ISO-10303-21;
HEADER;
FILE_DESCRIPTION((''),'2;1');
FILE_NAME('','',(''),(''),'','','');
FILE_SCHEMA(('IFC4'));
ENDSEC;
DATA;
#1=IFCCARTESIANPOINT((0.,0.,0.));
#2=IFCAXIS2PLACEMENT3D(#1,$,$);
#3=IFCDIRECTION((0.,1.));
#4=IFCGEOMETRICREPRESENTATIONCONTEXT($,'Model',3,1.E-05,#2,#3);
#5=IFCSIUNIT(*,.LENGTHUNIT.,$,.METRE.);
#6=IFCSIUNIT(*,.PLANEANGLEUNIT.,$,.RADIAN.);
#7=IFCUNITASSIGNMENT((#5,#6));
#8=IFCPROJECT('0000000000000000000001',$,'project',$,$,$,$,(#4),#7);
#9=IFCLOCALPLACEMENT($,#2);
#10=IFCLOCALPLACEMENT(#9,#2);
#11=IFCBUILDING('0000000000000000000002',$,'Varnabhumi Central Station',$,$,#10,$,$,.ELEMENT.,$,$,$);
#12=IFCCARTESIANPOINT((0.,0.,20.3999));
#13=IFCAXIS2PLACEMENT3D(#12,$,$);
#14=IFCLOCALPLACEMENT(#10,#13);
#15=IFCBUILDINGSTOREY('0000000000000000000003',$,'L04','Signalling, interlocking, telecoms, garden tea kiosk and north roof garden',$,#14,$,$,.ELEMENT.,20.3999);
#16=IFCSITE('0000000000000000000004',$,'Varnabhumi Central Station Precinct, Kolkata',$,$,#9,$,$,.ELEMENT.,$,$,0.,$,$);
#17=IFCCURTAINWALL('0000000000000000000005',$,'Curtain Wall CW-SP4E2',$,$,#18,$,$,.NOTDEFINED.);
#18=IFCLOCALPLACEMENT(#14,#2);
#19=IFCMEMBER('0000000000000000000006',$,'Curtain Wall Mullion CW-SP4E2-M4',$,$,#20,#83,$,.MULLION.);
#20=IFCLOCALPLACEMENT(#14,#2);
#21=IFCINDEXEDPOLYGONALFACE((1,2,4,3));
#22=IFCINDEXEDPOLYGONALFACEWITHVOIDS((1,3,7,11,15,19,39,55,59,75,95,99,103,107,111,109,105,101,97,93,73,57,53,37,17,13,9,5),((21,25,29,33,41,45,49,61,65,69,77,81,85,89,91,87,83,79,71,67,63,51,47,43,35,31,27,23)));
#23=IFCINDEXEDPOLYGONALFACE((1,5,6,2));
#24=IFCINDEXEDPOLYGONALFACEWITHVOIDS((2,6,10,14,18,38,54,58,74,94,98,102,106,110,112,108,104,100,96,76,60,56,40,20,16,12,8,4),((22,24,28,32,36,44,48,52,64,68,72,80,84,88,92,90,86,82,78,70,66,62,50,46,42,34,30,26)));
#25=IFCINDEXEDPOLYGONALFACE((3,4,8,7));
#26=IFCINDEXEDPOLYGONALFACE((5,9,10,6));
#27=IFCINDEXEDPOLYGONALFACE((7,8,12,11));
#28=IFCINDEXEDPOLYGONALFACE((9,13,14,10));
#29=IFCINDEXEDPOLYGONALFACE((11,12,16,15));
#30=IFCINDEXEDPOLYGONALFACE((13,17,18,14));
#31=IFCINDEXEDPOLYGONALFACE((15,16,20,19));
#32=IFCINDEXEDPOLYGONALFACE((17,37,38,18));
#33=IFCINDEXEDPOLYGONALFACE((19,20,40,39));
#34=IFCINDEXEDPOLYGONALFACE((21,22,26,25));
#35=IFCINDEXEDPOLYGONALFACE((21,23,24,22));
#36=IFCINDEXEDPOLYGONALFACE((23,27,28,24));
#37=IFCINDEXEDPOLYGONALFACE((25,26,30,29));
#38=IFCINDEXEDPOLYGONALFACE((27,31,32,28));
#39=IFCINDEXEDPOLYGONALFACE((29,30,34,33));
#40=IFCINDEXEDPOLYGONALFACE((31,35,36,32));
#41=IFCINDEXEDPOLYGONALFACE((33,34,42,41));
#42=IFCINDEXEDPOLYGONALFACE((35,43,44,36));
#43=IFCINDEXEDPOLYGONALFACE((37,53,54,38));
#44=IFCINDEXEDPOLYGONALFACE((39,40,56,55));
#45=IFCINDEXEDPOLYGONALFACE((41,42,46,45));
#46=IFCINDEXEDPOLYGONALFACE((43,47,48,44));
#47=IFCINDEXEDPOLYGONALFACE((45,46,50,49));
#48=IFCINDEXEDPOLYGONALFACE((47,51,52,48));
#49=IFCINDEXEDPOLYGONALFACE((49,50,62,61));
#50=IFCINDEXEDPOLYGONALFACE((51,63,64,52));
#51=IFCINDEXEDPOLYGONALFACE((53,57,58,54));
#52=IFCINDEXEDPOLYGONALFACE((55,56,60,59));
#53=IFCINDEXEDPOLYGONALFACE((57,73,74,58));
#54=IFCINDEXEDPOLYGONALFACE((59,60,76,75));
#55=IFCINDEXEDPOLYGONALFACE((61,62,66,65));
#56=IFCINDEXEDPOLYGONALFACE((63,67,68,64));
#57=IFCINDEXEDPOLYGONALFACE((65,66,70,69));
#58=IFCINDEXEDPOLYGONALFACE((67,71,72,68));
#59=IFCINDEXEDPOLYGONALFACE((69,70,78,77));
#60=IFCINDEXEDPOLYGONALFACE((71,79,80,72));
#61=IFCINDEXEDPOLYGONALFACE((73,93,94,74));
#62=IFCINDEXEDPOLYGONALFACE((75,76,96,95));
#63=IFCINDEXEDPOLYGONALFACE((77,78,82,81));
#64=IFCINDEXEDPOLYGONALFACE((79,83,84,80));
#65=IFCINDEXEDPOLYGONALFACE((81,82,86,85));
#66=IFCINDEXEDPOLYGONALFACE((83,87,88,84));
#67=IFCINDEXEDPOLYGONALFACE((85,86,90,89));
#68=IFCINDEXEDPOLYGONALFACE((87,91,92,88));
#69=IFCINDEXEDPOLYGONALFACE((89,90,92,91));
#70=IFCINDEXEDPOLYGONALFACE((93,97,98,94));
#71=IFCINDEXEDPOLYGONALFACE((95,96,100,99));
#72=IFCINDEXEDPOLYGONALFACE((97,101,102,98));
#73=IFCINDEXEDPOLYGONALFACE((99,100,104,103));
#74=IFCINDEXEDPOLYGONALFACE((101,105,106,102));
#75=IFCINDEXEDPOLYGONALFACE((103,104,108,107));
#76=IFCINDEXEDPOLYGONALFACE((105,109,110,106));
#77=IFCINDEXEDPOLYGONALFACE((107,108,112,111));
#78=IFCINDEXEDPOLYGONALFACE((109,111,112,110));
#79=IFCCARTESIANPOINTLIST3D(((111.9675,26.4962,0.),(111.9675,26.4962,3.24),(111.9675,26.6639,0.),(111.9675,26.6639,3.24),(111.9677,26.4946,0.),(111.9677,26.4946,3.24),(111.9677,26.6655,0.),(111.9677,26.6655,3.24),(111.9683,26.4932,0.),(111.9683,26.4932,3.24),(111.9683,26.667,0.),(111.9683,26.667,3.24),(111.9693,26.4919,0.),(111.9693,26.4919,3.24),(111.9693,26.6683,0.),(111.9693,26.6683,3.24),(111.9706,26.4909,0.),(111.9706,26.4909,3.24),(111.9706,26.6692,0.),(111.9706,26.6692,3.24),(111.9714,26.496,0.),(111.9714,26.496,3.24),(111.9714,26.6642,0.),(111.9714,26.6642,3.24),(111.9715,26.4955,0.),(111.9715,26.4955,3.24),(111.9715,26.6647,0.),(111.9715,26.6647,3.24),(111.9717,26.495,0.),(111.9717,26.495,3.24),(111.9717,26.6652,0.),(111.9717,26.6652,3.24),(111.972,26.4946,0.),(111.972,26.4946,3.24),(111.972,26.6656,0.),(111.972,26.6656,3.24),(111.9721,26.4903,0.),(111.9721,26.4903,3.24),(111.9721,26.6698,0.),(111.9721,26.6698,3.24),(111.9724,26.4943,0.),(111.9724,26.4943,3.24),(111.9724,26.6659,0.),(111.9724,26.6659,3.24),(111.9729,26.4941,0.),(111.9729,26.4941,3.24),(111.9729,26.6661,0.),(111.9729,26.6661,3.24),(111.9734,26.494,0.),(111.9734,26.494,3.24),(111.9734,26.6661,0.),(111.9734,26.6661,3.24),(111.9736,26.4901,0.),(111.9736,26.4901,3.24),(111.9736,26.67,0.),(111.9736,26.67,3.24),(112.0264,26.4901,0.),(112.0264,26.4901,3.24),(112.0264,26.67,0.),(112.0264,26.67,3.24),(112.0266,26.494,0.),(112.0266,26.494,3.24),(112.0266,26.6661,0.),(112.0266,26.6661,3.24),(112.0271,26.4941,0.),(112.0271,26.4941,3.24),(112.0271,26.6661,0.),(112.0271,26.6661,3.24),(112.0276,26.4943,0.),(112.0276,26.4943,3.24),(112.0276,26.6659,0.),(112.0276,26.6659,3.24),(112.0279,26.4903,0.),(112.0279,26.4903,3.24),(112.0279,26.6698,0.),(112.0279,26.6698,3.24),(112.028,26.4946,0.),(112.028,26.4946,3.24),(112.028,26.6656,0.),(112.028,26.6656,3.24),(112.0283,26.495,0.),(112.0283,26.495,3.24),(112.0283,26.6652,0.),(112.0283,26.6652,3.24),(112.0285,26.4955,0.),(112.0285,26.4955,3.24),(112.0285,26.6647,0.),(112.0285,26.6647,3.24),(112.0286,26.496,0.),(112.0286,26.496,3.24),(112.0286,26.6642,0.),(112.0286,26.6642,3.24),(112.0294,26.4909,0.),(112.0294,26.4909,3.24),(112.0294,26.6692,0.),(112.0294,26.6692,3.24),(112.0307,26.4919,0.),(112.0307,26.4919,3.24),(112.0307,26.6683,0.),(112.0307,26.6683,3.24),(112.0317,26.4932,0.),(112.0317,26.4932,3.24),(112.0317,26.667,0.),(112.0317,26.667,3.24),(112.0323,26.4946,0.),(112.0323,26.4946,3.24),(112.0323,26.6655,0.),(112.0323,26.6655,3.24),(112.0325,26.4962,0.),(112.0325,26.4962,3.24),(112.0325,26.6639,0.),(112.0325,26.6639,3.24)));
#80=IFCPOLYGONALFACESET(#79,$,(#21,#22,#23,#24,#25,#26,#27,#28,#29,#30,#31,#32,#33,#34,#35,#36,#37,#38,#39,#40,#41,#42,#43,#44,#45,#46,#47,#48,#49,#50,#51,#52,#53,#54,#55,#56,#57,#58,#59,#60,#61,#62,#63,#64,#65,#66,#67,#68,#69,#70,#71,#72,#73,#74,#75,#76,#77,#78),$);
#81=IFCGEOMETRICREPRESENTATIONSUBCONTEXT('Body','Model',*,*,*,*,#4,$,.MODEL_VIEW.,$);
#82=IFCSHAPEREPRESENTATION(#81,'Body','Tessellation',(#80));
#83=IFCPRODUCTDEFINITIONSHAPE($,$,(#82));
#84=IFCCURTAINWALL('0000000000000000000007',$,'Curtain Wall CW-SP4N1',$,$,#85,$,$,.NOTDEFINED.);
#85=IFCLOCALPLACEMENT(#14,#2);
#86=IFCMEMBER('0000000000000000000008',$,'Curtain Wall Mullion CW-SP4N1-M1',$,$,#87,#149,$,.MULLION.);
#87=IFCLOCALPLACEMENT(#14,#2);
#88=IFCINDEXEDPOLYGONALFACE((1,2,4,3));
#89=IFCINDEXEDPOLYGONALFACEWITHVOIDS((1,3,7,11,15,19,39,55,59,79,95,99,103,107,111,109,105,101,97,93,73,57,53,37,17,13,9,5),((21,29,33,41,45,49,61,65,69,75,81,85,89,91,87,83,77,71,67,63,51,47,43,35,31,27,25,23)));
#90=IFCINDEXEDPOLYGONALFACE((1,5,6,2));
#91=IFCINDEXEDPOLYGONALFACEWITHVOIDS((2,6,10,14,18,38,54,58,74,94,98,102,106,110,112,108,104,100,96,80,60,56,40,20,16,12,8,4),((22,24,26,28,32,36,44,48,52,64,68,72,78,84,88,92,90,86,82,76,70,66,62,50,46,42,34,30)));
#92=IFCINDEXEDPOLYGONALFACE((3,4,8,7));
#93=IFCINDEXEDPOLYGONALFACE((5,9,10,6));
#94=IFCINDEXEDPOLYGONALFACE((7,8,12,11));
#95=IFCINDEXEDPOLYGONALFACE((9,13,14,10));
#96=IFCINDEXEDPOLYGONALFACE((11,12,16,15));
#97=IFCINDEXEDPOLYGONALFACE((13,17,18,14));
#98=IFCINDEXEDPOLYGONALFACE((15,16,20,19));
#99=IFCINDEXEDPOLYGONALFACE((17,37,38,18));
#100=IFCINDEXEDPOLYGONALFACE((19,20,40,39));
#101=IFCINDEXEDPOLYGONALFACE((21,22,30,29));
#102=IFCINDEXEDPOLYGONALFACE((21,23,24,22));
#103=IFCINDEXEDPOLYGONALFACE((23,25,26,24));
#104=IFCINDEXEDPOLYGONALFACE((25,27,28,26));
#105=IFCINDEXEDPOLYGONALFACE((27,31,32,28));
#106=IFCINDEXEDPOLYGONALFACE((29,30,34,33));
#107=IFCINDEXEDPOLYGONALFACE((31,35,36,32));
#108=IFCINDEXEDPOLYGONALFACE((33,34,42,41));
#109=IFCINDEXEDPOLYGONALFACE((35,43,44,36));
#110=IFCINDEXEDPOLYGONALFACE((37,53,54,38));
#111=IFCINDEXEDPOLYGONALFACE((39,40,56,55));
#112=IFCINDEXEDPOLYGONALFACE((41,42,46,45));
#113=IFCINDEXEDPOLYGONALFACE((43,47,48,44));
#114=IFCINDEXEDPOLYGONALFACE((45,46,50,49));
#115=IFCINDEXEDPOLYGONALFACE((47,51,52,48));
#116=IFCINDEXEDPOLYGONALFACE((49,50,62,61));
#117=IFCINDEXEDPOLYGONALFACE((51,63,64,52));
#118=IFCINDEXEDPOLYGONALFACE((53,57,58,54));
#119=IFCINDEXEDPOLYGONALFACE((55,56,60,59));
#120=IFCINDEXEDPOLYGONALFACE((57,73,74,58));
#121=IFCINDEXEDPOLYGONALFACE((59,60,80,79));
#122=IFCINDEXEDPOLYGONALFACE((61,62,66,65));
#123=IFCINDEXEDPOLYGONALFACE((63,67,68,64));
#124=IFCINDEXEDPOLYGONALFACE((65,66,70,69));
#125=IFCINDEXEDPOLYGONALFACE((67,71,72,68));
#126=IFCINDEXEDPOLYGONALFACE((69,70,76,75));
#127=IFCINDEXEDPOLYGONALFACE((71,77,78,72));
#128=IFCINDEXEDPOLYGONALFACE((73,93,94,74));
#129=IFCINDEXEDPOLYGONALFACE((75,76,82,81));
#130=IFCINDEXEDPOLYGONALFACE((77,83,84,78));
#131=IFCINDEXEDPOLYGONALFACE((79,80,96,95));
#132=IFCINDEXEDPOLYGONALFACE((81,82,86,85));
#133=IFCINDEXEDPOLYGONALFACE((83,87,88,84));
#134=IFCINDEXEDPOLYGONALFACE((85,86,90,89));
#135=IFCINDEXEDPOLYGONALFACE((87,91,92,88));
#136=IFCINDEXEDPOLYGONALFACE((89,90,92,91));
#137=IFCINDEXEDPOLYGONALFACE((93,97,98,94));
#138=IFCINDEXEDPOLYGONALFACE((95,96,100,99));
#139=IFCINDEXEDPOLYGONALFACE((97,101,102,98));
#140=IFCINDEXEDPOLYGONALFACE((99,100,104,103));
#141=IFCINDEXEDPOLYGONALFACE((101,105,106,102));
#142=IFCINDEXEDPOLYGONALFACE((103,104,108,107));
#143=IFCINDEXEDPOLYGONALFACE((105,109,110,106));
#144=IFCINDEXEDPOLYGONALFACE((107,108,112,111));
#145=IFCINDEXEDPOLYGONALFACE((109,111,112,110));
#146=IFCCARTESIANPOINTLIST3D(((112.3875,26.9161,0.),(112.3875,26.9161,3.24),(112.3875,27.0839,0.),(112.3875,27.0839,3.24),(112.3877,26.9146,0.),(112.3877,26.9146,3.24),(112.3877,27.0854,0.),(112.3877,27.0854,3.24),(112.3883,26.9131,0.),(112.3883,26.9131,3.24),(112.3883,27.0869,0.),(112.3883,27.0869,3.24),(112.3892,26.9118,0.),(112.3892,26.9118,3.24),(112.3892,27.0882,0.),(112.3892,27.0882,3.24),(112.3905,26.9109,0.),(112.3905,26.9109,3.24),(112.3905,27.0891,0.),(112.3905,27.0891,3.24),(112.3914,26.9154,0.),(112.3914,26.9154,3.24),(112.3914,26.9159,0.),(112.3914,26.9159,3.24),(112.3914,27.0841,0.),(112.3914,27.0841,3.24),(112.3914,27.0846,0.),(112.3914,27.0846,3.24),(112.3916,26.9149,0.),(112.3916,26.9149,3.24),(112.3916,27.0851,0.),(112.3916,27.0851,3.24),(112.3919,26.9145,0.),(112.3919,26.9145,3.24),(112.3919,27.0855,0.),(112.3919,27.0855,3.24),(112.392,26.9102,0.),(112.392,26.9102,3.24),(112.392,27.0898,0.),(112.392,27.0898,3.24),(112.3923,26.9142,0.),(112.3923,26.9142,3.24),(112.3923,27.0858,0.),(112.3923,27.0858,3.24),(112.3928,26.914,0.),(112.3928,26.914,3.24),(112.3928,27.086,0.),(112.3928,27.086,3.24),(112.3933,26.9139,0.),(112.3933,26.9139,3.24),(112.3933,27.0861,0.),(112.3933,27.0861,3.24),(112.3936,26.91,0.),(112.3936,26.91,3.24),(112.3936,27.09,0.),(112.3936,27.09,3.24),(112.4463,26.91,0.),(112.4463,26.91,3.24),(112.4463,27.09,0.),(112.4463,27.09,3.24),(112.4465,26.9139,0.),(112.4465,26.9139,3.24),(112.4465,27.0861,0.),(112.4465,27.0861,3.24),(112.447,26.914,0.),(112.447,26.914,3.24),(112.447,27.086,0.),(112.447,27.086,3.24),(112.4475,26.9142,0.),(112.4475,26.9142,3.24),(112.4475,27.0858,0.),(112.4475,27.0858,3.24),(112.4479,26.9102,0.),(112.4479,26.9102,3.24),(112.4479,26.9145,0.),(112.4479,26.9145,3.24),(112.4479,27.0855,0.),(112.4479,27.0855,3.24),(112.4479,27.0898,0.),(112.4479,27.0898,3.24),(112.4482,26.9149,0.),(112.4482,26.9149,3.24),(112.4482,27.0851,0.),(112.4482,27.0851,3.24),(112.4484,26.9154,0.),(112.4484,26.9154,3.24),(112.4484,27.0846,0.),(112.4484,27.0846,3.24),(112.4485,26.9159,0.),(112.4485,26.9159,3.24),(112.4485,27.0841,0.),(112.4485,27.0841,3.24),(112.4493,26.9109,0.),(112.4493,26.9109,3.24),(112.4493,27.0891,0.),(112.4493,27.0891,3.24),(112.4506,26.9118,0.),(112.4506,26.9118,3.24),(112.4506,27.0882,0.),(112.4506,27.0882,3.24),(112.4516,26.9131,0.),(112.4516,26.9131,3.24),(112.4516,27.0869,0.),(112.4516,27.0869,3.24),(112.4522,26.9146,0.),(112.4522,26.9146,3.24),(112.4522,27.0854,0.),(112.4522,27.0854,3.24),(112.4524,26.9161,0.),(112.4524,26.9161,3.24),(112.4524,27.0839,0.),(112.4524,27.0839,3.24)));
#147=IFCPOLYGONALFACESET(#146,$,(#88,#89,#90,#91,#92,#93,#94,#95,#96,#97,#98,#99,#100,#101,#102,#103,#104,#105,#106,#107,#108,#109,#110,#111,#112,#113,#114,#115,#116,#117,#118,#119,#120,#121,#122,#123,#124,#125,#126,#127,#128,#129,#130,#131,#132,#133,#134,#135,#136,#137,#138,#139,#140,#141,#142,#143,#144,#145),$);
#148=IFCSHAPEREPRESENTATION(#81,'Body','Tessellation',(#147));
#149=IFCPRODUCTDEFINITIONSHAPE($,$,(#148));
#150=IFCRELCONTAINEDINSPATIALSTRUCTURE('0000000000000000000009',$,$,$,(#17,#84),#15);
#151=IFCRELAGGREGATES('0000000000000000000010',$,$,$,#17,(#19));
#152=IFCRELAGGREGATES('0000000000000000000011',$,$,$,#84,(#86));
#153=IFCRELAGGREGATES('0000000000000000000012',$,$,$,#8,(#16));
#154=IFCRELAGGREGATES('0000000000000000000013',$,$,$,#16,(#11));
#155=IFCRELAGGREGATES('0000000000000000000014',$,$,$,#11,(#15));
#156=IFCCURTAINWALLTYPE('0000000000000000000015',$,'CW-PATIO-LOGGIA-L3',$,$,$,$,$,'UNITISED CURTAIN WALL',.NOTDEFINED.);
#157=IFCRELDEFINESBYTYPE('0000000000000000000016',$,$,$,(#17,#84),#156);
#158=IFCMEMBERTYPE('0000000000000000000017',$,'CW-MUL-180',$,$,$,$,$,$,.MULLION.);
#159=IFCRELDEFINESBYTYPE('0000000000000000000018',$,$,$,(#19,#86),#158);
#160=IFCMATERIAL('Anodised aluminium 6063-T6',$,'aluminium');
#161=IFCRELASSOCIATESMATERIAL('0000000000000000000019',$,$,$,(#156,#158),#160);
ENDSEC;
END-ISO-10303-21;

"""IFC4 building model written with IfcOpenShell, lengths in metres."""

from ifc_helpers import new_model, si_unit, direction, frame, origin, origin_2d, place, context, subcontext, project, spatial, hollow_rectangle, extrude, material, material_profile, profile_set, type_object, element, aggregate, save


model = new_model("IFC4")

# Units and contexts
model_context = context("Model", 3, precision=1e-05, world=origin(), true_north=direction((0.0, 1.0)))
body_context = subcontext(model_context, "Body", "Model", "MODEL_VIEW")
ifc_project = project(units=[si_unit("LENGTHUNIT", "METRE"), si_unit("PLANEANGLEUNIT", "RADIAN")], contexts=[model_context])

# Site, building, storey
site_placement = place(None, origin())
site = spatial("IfcSite", under=ifc_project, at=site_placement, Name="Varnabhumi Central Station Precinct, Kolkata", CompositionType="ELEMENT", RefElevation=0.0)
building_placement = place(site_placement, origin())
building = spatial("IfcBuilding", under=site, at=building_placement, Name="Varnabhumi Central Station", CompositionType="ELEMENT")
storey_placement = place(building_placement, frame((0.0, 0.0, 20.3999)))
storey = spatial("IfcBuildingStorey", under=building, at=storey_placement, Name="L04", Description="Signalling, interlocking, telecoms, garden tea kiosk and north roof garden", CompositionType="ELEMENT", Elevation=20.3999)

# Curtain walls, members
ifc_material_1 = material(Name="Anodised aluminium 6063-T6", Category="aluminium")
curtain_wall_type = type_object("IfcCurtainWallType", Name="CW-PATIO-LOGGIA-L3", ElementType="UNITISED CURTAIN WALL", PredefinedType="NOTDEFINED", material=ifc_material_1)
curtain_wall_1_placement = place(storey_placement, origin())
curtain_wall_1 = element("IfcCurtainWall", 1, at=curtain_wall_1_placement, inside=storey, type_object=curtain_wall_type, Name="Curtain Wall CW-SP4E2", PredefinedType="NOTDEFINED")
ifc_material_profile_1 = material_profile(ifc_material_1, hollow_rectangle(XDim=0.0649, YDim=0.1799, WallThickness=0.0039, InnerFilletRadius=0.002, OuterFilletRadius=0.0061, at=origin_2d()), Name="Anodised aluminium 6063-T6", Category="aluminium")
ifc_profile_set_1 = profile_set([ifc_material_profile_1], Name="Anodised aluminium 6063-T6")
member_type_1 = type_object("IfcMemberType", Name="CW-MUL-180", PredefinedType="MULLION", material=ifc_profile_set_1)
member_1_placement = place(storey_placement, frame((112.0, 26.5801, 0.0), z_axis=(0.0, 0.0, 1.0), x_axis=(1.0, 0.0, 0.0)))
member_1 = element("IfcMember", 2, at=member_1_placement, type_object=member_type_1, Name="Curtain Wall Mullion CW-SP4E2-M4", PredefinedType="MULLION", context=body_context, shape_type="SweptSolid", body=[
    extrude(hollow_rectangle(XDim=0.0649, YDim=0.1799, WallThickness=0.0039, InnerFilletRadius=0.002, OuterFilletRadius=0.0061, at=origin_2d()), origin(), (0.0, 0.0, 1.0), 3.24),
])
curtain_wall_2_placement = place(storey_placement, origin())
curtain_wall_2 = element("IfcCurtainWall", 3, at=curtain_wall_2_placement, inside=storey, type_object=curtain_wall_type, Name="Curtain Wall CW-SP4N1", PredefinedType="NOTDEFINED")
member_2_placement = place(storey_placement, frame((112.4199, 27.0, 0.0), z_axis=(0.0, 0.0, 1.0), x_axis=(1.0, 0.0, 0.0)))
member_2 = element("IfcMember", 4, at=member_2_placement, type_object=member_type_1, Name="Curtain Wall Mullion CW-SP4N1-M1", PredefinedType="MULLION", context=body_context, shape_type="SweptSolid", body=[
    extrude(hollow_rectangle(XDim=0.0649, YDim=0.1799, WallThickness=0.0039, InnerFilletRadius=0.002, OuterFilletRadius=0.0061, at=origin_2d()), origin(), (0.0, 0.0, 1.0), 3.24),
])

aggregate(curtain_wall_1, [member_1])
aggregate(curtain_wall_2, [member_2])

save(model, "model.ifc")
